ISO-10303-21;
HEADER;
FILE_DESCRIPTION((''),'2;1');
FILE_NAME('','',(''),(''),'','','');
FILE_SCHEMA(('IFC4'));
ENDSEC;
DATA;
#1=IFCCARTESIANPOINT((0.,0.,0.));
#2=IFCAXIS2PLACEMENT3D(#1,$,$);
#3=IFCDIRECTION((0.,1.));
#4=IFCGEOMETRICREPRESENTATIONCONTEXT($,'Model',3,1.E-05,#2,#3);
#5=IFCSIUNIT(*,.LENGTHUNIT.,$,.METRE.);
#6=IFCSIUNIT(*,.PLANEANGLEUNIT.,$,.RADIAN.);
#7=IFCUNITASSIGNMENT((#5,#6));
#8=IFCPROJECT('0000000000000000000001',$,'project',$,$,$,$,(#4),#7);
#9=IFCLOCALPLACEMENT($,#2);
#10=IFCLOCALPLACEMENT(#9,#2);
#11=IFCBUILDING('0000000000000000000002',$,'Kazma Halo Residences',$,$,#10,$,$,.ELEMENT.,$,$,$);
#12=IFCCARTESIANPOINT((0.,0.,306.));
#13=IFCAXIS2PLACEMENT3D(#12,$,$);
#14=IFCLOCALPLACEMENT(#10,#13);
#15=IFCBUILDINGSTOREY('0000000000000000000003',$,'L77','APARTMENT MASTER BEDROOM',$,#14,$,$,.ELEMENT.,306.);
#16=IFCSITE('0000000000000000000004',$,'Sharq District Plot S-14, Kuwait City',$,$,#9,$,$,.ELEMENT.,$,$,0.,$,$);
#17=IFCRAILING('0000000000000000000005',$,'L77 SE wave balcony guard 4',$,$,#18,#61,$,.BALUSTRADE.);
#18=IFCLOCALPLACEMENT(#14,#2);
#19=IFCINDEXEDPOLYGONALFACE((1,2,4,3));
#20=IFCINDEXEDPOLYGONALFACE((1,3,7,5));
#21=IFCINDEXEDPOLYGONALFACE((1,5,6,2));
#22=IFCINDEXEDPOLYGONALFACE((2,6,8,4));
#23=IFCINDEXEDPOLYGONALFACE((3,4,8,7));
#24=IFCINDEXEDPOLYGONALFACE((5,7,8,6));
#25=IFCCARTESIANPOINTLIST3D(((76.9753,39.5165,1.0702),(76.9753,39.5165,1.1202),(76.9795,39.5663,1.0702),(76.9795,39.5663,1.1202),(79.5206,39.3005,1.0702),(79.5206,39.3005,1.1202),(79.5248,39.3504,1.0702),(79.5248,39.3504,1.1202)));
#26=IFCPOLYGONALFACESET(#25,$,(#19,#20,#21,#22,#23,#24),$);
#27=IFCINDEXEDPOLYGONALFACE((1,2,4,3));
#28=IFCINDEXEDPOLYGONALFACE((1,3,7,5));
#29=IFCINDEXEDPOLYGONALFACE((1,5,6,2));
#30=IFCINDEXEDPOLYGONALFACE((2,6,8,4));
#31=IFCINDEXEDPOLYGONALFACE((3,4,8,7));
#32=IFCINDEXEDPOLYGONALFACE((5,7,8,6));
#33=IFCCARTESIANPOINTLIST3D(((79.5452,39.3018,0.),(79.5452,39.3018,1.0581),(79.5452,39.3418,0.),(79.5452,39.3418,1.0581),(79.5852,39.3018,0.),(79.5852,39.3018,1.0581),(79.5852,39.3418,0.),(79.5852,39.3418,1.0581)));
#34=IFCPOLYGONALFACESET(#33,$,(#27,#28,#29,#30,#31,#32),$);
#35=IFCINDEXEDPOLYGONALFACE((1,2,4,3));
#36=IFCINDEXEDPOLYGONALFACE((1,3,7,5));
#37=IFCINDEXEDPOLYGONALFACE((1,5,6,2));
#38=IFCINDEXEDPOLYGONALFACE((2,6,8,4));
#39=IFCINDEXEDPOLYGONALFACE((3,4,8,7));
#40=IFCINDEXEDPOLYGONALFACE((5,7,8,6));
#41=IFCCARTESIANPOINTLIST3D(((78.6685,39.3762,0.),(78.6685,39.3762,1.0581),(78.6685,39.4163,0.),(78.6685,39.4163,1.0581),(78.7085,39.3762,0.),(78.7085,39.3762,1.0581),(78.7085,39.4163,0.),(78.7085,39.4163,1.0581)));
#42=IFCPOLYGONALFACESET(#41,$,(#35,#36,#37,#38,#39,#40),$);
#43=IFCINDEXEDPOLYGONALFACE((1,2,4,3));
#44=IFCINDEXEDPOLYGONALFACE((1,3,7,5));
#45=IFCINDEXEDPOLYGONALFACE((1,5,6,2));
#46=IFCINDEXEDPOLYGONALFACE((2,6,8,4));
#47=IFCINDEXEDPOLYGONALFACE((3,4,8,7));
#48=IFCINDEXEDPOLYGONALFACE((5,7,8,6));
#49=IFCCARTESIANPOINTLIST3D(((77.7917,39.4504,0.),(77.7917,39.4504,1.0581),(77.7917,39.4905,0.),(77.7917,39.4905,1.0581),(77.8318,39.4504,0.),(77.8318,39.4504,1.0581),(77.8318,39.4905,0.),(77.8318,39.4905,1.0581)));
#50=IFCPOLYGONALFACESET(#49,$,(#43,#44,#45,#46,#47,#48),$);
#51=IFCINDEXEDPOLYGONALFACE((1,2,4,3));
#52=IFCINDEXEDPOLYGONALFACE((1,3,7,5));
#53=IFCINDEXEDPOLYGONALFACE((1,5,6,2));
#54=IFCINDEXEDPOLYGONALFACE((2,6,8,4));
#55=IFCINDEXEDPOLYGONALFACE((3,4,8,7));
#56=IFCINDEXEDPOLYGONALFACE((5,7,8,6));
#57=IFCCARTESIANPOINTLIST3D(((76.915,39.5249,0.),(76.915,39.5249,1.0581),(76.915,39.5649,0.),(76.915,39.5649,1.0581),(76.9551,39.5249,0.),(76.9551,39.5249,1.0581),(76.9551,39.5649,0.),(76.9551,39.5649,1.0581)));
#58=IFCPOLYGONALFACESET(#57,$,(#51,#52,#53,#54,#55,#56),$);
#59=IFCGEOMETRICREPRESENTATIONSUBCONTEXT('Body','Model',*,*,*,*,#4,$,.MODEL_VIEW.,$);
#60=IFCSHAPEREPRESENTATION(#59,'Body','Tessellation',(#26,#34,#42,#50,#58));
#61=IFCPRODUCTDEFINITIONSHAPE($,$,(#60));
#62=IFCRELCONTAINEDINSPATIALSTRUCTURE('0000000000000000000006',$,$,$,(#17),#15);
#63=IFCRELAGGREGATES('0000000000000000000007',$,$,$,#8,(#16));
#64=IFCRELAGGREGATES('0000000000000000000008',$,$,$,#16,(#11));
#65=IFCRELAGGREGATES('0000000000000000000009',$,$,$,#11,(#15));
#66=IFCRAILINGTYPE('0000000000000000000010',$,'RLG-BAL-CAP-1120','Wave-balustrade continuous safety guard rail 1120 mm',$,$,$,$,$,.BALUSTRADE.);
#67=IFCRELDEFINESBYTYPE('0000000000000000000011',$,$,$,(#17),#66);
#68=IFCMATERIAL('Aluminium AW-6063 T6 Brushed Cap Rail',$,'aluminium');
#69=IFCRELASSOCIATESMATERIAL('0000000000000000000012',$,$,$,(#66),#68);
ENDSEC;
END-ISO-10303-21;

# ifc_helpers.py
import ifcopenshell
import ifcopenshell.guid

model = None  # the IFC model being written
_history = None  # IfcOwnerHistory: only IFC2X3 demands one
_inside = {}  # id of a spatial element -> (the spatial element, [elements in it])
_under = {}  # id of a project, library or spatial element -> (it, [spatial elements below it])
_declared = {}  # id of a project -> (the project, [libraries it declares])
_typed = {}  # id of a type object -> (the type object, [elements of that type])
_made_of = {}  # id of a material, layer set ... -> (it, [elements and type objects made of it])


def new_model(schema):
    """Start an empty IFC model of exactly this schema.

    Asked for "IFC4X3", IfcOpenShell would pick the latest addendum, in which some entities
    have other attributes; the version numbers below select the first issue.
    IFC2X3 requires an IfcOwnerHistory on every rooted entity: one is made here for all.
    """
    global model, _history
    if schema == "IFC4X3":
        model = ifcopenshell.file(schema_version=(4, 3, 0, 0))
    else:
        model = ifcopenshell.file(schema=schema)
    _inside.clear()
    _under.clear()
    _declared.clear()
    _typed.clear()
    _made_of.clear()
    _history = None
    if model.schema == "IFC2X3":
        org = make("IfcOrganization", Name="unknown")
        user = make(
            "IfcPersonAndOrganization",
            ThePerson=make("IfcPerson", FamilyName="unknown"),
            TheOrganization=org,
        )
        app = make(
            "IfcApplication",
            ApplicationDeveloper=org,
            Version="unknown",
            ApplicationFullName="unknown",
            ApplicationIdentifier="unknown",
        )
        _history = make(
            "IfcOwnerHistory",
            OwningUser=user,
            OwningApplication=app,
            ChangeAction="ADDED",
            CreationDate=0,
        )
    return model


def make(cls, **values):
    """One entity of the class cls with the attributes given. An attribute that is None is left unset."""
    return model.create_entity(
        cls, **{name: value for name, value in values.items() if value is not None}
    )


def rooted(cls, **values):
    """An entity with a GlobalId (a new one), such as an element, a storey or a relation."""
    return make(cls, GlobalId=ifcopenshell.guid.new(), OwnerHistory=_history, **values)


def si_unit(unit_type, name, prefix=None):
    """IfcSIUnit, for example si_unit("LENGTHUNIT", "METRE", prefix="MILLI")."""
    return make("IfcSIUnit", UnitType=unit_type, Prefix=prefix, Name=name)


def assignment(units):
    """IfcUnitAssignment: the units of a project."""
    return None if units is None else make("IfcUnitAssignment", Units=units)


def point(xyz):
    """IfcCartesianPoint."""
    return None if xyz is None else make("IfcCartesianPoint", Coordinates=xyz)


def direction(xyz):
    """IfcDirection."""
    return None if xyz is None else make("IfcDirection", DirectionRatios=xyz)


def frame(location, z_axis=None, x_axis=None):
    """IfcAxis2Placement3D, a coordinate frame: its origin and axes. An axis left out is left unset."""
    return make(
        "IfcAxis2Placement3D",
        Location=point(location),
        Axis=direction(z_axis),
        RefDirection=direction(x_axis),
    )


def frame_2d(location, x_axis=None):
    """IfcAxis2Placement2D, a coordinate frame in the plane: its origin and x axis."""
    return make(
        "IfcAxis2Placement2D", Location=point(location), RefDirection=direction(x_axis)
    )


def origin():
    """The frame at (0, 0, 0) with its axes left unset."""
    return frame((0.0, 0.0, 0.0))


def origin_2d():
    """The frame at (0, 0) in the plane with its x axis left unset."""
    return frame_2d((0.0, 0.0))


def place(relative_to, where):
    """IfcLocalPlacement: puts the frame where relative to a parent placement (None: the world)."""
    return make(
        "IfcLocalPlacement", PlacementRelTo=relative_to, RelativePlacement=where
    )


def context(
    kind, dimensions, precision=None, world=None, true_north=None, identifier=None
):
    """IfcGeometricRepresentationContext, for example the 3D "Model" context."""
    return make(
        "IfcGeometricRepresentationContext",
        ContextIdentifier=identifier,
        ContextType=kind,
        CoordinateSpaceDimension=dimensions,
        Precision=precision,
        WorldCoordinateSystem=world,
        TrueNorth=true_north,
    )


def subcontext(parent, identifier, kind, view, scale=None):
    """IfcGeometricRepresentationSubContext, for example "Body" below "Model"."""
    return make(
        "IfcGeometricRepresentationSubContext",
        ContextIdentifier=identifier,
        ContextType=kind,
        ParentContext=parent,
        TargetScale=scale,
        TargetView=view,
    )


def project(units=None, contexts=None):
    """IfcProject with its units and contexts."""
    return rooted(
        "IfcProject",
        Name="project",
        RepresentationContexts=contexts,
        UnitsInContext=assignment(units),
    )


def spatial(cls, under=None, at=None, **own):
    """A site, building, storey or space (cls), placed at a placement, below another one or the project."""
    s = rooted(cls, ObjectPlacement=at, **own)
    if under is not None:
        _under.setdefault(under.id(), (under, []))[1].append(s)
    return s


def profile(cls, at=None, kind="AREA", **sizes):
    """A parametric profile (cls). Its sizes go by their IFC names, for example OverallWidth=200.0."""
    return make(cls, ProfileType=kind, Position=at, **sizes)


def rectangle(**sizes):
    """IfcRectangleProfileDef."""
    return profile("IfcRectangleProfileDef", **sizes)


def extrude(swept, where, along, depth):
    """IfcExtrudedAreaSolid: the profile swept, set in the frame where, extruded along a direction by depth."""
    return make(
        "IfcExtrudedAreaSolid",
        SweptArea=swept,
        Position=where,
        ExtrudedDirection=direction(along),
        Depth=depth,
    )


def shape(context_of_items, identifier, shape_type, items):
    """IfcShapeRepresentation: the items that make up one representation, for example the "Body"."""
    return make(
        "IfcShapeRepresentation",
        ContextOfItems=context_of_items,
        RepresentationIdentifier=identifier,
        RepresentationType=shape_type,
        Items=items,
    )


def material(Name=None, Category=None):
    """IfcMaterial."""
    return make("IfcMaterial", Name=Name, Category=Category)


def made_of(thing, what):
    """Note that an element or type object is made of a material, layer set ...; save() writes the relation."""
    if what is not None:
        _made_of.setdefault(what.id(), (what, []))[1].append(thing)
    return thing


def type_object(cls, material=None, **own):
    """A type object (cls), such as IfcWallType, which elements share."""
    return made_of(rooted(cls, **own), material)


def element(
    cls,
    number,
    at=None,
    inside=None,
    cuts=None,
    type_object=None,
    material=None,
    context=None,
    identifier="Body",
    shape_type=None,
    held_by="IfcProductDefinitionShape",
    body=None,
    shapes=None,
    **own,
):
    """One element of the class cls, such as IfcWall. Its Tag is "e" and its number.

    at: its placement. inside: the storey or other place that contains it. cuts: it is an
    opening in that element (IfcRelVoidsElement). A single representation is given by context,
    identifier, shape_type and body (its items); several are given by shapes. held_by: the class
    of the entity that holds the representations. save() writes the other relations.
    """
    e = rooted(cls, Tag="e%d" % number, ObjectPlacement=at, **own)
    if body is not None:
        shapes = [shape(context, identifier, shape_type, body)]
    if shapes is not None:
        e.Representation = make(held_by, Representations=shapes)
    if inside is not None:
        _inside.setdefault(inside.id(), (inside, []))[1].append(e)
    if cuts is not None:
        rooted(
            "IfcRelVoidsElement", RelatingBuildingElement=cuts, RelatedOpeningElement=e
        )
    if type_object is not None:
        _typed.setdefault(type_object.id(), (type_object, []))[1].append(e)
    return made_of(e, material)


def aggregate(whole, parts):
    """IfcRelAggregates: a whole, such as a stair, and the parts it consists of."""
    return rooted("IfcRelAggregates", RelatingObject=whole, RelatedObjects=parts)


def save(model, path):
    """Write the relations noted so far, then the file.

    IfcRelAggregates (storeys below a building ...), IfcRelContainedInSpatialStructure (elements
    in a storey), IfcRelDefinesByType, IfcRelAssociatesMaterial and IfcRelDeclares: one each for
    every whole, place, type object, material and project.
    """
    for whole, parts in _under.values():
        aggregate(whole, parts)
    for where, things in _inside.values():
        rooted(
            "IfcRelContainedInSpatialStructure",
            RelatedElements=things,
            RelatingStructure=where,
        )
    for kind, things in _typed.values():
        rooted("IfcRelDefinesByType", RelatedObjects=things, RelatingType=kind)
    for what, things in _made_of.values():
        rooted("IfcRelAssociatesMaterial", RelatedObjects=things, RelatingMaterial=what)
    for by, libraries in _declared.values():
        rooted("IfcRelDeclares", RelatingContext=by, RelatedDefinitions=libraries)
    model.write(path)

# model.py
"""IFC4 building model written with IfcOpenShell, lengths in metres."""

from ifc_helpers import new_model, si_unit, direction, frame, origin, origin_2d, place, context, subcontext, project, spatial, rectangle, extrude, material, type_object, element, save


model = new_model("IFC4")

# Units and contexts
model_context = context("Model", 3, precision=1e-05, world=origin(), true_north=direction((0.0, 1.0)))
body_context = subcontext(model_context, "Body", "Model", "MODEL_VIEW")
ifc_project = project(units=[si_unit("LENGTHUNIT", "METRE"), si_unit("PLANEANGLEUNIT", "RADIAN")], contexts=[model_context])

# Site, building, storey
site_placement = place(None, origin())
site = spatial("IfcSite", under=ifc_project, at=site_placement, Name="Sharq District Plot S-14, Kuwait City", CompositionType="ELEMENT", RefElevation=0.0)
building_placement = place(site_placement, origin())
building = spatial("IfcBuilding", under=site, at=building_placement, Name="Kazma Halo Residences", CompositionType="ELEMENT")
storey_placement = place(building_placement, frame((0.0, 0.0, 306.0)))
storey = spatial("IfcBuildingStorey", under=building, at=storey_placement, Name="L77", Description="APARTMENT MASTER BEDROOM", CompositionType="ELEMENT", Elevation=306.0)

# Railing
ifc_material_1 = material(Name="Aluminium AW-6063 T6 Brushed Cap Rail", Category="aluminium")
railing_type = type_object("IfcRailingType", Name="RLG-BAL-CAP-1120", Description="Wave-balustrade continuous safety guard rail 1120 mm", PredefinedType="BALUSTRADE", material=ifc_material_1)
railing_placement = place(storey_placement, frame((79.5652, 39.3218, 0.0)))
element("IfcRailing", 1, at=railing_placement, inside=storey, type_object=railing_type, Name="L77 SE wave balcony guard 4", PredefinedType="BALUSTRADE", context=body_context, shape_type="SweptSolid", body=[
    extrude(rectangle(XDim=0.05, YDim=0.05, at=origin_2d()), frame((-0.0425, 0.0037, 1.0952), z_axis=(-0.99642, 0.084538, 0.0), x_axis=(-0.084538, -0.99642, 0.0)), (0.0, 0.0, 1.0), 2.5544),
    extrude(rectangle(XDim=0.04, YDim=0.04, at=origin_2d()), origin(), (0.0, 0.0, 1.0), 1.0581),
    extrude(rectangle(XDim=0.04, YDim=0.04, at=origin_2d()), frame((-0.8767, 0.0745, 0.0)), (0.0, 0.0, 1.0), 1.0581),
    extrude(rectangle(XDim=0.04, YDim=0.04, at=origin_2d()), frame((-1.7534, 0.1487, 0.0)), (0.0, 0.0, 1.0), 1.0581),
    extrude(rectangle(XDim=0.04, YDim=0.04, at=origin_2d()), frame((-2.6301, 0.2231, 0.0)), (0.0, 0.0, 1.0), 1.0581),
])

save(model, "model.ifc")
